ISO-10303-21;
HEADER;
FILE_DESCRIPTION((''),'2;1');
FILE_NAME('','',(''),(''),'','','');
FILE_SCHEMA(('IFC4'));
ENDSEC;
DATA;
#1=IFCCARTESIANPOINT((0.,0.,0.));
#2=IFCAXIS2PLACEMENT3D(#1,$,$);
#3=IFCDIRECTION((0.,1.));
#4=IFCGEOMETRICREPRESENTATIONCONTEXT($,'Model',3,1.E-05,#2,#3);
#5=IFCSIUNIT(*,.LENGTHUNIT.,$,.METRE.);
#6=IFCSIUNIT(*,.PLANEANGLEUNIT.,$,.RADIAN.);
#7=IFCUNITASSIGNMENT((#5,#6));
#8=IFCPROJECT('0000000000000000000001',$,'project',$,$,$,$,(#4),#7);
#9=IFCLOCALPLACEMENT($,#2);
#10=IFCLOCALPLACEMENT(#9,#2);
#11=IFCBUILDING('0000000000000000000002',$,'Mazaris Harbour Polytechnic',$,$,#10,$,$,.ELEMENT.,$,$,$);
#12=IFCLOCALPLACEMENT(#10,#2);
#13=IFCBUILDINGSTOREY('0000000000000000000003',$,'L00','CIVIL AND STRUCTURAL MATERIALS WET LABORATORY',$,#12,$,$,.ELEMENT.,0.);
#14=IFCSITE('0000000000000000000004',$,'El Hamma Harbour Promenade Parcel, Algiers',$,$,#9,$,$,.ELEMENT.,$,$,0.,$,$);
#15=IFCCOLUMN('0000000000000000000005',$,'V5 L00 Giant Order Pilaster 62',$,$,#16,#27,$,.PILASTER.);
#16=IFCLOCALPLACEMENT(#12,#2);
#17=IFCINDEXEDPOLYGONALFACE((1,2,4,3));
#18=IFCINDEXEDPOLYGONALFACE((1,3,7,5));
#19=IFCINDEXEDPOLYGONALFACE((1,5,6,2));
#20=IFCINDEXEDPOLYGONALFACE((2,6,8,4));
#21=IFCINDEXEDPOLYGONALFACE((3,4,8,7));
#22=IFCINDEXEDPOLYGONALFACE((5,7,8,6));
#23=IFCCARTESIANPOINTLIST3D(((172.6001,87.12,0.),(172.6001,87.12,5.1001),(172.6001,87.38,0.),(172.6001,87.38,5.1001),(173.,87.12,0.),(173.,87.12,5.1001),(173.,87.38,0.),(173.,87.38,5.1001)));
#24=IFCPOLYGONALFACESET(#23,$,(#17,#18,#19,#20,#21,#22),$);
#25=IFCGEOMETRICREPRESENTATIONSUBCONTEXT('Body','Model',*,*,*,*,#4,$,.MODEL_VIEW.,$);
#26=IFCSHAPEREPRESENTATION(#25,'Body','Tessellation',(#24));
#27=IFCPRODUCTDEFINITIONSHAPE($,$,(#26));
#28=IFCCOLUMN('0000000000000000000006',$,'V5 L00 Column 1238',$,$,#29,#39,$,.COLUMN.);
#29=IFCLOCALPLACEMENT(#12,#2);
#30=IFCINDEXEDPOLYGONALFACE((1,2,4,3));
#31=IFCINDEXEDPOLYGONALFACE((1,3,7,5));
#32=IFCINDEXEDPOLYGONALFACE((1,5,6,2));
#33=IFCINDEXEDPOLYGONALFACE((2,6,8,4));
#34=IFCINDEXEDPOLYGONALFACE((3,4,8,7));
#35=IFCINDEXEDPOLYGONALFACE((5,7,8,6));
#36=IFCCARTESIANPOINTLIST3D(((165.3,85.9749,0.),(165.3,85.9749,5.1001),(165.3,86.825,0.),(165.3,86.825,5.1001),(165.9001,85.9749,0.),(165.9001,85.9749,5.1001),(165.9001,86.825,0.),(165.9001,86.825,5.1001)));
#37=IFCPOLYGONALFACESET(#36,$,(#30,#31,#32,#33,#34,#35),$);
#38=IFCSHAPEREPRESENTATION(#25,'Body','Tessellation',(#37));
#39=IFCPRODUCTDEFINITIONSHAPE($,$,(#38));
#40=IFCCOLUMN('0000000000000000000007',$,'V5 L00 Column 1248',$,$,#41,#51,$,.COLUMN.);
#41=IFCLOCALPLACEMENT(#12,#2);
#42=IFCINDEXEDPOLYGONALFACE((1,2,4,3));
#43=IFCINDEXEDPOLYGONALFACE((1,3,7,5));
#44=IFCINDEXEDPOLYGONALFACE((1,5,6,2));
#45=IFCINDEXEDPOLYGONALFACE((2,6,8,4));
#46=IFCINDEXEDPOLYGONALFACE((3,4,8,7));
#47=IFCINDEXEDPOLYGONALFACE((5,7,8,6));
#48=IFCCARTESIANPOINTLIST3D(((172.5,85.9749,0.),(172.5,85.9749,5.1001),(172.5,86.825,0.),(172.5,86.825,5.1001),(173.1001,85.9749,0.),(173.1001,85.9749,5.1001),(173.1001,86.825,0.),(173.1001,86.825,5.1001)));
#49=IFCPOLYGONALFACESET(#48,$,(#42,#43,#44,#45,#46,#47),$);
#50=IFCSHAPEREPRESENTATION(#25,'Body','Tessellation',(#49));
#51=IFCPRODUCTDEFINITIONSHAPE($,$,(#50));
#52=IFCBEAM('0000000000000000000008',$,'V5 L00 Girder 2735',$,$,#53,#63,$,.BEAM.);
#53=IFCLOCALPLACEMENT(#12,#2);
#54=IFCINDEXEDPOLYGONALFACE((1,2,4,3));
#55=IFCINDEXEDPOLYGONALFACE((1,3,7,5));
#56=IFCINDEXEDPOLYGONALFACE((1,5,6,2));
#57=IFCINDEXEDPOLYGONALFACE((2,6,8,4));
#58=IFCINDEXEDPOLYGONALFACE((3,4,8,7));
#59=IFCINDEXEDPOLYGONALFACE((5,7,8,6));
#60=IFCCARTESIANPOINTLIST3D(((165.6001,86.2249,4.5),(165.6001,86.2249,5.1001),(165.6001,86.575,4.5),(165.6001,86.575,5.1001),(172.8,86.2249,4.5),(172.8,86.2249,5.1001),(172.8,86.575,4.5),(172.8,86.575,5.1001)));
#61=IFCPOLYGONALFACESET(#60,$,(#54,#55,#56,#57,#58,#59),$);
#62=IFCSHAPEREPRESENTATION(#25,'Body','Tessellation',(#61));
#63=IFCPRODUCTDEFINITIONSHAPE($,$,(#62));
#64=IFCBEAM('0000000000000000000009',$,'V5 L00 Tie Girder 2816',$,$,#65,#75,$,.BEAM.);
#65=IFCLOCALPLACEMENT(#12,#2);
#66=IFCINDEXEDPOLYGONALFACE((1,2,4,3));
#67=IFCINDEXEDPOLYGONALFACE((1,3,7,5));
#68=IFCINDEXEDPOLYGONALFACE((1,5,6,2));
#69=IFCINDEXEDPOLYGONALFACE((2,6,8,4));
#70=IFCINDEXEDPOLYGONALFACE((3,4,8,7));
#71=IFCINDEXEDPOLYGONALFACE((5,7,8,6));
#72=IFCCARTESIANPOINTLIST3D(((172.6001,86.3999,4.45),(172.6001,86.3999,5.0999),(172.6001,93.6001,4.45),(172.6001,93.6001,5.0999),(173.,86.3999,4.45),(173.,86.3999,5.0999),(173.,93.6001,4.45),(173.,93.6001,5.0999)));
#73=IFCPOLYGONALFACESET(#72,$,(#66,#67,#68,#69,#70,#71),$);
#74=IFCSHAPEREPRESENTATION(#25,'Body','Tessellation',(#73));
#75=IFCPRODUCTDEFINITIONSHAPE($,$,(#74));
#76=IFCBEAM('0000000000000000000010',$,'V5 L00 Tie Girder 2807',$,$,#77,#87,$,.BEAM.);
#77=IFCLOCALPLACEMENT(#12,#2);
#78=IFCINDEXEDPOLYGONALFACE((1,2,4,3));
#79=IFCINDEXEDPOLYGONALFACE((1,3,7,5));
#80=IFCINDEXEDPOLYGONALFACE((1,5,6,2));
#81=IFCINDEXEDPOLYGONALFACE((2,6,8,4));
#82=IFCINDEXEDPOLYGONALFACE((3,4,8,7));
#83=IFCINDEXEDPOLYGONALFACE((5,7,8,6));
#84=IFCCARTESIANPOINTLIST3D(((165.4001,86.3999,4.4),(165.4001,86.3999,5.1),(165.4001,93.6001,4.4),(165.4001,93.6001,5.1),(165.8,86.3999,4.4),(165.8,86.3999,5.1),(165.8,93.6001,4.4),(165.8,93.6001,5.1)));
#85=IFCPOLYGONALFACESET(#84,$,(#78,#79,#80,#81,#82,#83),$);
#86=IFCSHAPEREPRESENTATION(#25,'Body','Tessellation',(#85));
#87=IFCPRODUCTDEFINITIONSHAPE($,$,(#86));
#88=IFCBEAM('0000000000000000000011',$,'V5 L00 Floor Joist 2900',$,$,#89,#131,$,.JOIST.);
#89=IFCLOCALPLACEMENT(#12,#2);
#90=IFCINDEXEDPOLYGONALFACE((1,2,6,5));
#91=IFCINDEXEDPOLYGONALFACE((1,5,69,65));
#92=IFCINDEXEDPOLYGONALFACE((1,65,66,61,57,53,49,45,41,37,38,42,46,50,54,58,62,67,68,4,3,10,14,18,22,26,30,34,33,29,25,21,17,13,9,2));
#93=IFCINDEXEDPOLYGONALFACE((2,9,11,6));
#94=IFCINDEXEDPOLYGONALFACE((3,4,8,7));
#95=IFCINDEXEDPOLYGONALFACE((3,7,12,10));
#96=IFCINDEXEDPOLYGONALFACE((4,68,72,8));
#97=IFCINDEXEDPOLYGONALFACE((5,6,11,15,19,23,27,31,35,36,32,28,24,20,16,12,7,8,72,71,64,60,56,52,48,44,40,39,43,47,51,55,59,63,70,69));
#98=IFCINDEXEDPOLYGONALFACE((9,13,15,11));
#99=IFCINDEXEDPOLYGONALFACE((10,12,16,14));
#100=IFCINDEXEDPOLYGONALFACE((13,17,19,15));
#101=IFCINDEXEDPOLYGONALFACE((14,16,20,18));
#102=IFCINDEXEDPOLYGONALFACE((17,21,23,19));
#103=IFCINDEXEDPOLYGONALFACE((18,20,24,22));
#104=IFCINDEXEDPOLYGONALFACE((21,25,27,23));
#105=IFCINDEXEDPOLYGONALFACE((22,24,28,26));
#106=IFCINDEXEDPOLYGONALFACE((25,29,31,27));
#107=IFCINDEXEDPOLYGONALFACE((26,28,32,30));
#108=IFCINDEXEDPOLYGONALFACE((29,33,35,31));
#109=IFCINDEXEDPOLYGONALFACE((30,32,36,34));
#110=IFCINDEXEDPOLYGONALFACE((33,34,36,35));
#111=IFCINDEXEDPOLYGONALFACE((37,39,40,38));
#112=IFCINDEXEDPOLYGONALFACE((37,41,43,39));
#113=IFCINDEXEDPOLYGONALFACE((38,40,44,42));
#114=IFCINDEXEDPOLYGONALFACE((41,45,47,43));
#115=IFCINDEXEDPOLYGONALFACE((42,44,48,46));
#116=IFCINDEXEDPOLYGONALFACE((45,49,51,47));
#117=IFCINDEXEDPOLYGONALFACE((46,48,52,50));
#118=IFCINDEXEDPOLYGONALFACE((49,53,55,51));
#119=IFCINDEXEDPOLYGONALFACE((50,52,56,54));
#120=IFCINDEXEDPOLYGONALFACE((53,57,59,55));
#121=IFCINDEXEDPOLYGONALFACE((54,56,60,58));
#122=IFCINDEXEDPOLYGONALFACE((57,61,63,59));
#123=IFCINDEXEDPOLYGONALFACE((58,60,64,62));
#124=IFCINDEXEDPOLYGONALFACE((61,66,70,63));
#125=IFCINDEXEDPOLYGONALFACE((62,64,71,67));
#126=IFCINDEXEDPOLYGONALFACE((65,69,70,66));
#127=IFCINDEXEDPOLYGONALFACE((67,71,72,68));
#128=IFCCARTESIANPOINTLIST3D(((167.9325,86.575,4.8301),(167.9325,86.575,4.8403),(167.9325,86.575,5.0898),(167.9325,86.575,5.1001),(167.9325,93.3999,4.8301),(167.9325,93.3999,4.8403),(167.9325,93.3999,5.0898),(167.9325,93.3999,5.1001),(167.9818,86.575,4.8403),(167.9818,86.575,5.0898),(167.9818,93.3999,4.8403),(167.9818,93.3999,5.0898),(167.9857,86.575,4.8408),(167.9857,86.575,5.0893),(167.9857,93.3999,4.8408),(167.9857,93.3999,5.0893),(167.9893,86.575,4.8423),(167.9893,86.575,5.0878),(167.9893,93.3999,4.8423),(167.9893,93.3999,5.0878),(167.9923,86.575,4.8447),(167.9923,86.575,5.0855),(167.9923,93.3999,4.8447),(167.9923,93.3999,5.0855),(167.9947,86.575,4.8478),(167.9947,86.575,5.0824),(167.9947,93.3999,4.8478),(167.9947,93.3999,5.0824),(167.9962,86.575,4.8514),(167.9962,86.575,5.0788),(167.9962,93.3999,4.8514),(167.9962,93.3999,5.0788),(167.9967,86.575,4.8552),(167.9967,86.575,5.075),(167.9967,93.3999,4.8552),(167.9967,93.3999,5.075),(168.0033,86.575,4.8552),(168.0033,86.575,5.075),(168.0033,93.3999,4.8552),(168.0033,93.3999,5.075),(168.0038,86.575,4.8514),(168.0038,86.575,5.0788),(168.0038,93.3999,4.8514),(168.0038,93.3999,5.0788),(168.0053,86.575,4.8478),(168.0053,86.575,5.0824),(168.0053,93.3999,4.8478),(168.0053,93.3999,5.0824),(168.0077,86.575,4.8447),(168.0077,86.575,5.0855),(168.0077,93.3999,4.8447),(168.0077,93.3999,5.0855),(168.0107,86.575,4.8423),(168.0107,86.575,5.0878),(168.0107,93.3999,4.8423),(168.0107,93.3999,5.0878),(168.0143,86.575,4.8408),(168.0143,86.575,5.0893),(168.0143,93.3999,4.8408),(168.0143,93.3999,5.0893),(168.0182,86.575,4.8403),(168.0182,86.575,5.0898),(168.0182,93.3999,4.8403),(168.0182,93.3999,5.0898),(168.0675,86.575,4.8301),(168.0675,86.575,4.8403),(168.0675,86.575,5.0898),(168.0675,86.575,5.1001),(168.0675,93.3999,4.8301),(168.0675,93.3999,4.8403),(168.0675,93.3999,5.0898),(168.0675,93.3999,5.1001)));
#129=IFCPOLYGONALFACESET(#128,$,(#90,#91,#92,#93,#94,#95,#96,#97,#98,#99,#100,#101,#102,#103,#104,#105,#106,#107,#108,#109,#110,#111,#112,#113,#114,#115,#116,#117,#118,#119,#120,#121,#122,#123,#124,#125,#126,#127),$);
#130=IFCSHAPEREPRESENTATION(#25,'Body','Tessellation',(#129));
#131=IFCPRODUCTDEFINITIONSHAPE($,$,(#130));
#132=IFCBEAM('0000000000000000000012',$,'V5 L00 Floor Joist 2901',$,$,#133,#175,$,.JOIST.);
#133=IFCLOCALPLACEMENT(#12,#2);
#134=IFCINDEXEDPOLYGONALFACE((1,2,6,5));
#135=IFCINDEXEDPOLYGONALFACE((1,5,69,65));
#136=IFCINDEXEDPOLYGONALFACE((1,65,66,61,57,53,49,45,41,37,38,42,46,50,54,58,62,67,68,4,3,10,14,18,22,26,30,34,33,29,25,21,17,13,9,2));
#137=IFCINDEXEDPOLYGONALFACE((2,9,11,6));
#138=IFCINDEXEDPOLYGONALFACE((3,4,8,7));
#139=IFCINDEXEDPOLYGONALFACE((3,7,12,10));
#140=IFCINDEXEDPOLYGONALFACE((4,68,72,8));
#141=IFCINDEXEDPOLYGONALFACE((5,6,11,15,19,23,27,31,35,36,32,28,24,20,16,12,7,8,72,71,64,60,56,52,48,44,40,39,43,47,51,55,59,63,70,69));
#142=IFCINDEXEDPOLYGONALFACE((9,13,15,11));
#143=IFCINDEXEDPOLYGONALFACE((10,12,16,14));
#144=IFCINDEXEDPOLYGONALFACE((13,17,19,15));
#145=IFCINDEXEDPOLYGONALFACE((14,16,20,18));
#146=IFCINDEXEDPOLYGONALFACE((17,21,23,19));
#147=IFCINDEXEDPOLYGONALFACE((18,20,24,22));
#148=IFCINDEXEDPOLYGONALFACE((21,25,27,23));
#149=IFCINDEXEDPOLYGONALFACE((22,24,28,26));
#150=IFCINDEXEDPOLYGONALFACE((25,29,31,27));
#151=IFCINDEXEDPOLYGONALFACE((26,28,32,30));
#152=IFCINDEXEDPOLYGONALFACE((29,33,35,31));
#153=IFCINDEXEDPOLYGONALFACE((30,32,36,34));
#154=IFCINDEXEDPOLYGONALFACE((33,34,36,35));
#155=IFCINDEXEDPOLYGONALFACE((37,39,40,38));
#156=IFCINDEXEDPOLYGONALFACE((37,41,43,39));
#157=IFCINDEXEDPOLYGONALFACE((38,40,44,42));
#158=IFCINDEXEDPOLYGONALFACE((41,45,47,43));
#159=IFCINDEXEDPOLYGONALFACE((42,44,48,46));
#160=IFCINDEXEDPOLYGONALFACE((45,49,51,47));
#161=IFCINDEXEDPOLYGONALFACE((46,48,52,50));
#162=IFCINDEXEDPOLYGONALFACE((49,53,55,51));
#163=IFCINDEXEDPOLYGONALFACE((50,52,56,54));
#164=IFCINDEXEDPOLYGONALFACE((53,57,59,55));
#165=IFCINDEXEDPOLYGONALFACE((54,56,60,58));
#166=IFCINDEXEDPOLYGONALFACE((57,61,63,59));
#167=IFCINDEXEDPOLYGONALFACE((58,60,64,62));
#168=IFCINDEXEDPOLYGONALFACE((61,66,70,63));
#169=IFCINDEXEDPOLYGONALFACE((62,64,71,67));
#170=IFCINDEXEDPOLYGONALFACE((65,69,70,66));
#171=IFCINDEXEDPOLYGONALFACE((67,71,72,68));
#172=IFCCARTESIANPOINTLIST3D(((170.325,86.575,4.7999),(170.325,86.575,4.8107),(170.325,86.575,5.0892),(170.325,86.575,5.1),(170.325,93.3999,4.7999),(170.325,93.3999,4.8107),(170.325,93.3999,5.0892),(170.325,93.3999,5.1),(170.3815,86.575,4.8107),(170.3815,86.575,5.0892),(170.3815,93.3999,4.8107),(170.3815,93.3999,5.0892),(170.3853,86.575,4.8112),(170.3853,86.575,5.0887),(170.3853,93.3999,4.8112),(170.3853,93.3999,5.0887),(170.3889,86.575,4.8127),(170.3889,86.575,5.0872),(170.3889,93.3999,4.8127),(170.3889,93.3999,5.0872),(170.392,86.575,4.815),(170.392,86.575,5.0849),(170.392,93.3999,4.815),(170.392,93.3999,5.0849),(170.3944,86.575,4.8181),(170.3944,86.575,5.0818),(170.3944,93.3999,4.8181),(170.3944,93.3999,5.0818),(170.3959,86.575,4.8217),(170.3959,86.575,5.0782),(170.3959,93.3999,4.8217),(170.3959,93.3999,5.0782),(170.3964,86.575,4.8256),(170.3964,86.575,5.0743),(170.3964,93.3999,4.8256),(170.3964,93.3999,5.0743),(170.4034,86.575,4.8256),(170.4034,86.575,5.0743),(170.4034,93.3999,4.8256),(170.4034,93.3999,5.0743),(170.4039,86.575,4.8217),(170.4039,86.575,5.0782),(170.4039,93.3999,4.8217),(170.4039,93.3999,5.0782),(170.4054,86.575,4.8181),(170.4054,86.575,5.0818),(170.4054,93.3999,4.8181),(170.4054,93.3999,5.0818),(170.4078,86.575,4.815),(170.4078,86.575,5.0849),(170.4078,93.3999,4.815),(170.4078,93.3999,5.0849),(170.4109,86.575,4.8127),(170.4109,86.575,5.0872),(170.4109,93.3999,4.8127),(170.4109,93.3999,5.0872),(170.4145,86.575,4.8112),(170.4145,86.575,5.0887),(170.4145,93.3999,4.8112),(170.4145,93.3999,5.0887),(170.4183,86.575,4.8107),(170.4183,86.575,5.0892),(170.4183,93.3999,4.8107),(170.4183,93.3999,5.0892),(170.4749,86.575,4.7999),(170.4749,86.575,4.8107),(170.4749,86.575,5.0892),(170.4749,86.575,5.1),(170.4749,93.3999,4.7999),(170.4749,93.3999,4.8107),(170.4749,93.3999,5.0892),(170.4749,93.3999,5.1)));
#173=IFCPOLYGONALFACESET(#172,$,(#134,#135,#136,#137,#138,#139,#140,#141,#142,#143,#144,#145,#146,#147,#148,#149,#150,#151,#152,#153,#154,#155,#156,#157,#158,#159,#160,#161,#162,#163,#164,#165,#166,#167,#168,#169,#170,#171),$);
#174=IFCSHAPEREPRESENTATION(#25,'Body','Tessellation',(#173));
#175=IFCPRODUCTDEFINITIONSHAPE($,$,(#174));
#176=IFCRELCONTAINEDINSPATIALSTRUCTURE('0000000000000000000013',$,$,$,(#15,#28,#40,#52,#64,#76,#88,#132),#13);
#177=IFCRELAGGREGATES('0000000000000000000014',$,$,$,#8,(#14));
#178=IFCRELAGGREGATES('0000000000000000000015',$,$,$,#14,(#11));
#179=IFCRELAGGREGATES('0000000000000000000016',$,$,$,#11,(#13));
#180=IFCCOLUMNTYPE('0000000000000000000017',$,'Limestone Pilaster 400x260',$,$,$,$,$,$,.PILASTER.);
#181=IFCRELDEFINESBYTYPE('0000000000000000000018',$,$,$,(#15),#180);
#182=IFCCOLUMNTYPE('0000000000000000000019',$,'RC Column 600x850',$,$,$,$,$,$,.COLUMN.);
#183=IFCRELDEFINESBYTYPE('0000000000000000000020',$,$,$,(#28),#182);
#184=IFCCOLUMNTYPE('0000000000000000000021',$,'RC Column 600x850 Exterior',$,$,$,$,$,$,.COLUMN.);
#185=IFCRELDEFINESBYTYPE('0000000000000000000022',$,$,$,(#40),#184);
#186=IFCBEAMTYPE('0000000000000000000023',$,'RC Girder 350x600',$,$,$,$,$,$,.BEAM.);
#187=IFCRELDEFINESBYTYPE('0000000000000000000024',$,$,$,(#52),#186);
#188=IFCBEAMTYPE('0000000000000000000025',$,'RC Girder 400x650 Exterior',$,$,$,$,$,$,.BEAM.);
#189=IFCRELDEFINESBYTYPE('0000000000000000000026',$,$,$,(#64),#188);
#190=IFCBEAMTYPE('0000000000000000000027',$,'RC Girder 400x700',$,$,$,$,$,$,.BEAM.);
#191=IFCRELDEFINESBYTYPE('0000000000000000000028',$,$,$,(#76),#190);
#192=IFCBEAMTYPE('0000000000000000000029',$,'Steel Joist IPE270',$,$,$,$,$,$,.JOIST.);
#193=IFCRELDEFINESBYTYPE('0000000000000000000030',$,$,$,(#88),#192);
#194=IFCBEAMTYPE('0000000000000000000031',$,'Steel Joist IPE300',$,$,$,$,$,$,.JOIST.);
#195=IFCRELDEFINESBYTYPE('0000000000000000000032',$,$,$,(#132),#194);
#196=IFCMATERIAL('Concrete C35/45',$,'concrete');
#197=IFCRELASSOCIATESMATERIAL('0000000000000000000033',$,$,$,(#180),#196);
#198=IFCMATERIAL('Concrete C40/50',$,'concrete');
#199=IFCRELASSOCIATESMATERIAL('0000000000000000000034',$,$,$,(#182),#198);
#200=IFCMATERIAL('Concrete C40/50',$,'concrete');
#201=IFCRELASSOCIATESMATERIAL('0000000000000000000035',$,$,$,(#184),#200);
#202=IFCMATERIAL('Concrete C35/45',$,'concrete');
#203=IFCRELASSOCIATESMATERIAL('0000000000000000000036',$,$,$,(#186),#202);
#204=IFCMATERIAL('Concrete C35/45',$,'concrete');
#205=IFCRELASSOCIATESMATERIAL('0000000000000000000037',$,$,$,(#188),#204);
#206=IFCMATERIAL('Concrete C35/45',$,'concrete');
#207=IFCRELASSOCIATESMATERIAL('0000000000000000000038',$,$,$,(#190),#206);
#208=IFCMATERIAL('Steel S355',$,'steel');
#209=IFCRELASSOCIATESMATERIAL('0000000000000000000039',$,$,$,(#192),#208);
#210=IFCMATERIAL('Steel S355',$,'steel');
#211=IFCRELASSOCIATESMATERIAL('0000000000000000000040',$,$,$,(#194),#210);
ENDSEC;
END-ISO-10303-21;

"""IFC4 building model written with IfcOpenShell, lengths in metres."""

from ifc_helpers import new_model, si_unit, direction, frame, origin, origin_2d, place, context, subcontext, project, spatial, rectangle, i_section, extrude, material, material_profile, profile_set, type_object, element, save


model = new_model("IFC4")

# Units and contexts
model_context = context("Model", 3, precision=1e-05, world=origin(), true_north=direction((0.0, 1.0)))
body_context = subcontext(model_context, "Body", "Model", "MODEL_VIEW")
ifc_project = project(units=[si_unit("LENGTHUNIT", "METRE"), si_unit("PLANEANGLEUNIT", "RADIAN")], contexts=[model_context])

# Site, building, storey
site_placement = place(None, origin())
site = spatial("IfcSite", under=ifc_project, at=site_placement, Name="El Hamma Harbour Promenade Parcel, Algiers", CompositionType="ELEMENT", RefElevation=0.0)
building_placement = place(site_placement, origin())
building = spatial("IfcBuilding", under=site, at=building_placement, Name="Mazaris Harbour Polytechnic", CompositionType="ELEMENT")
storey_placement = place(building_placement, origin())
storey = spatial("IfcBuildingStorey", under=building, at=storey_placement, Name="L00", Description="CIVIL AND STRUCTURAL MATERIALS WET LABORATORY", CompositionType="ELEMENT", Elevation=0.0)

# Columns
ifc_material_1 = material(Name="Concrete C35/45", Category="concrete")
ifc_material_profile_1 = material_profile(ifc_material_1, rectangle(XDim=0.3999, YDim=0.26, at=origin_2d()), Name="RECT400x260")
ifc_profile_set_1 = profile_set([ifc_material_profile_1], Name="Concrete C35/45")
column_type_1 = type_object("IfcColumnType", Name="Limestone Pilaster 400x260", PredefinedType="PILASTER", material=ifc_profile_set_1)
column_1_placement = place(storey_placement, frame((172.8, 87.25, 0.0), z_axis=(0.0, 0.0, 1.0), x_axis=(1.0, 0.0, 0.0)))
element("IfcColumn", 1, at=column_1_placement, inside=storey, type_object=column_type_1, Name="V5 L00 Giant Order Pilaster 62", PredefinedType="PILASTER", context=body_context, shape_type="SweptSolid", body=[
    extrude(rectangle(XDim=0.3999, YDim=0.26, at=origin_2d()), origin(), (0.0, 0.0, 1.0), 5.1001),
])
ifc_material_2 = material(Name="Concrete C40/50", Category="concrete")
ifc_material_profile_2 = material_profile(ifc_material_2, rectangle(XDim=0.6001, YDim=0.8501, at=origin_2d()), Name="RECT600x850")
ifc_profile_set_2 = profile_set([ifc_material_profile_2], Name="Concrete C40/50")
column_type_2 = type_object("IfcColumnType", Name="RC Column 600x850", PredefinedType="COLUMN", material=ifc_profile_set_2)
column_2_placement = place(storey_placement, frame((165.6001, 86.3999, 0.0), z_axis=(0.0, 0.0, 1.0), x_axis=(1.0, 0.0, 0.0)))
element("IfcColumn", 2, at=column_2_placement, inside=storey, type_object=column_type_2, Name="V5 L00 Column 1238", PredefinedType="COLUMN", context=body_context, shape_type="SweptSolid", body=[
    extrude(rectangle(XDim=0.6001, YDim=0.8501, at=origin_2d()), origin(), (0.0, 0.0, 1.0), 5.1001),
])
ifc_material_3 = material(Name="Concrete C40/50", Category="concrete")
ifc_material_profile_3 = material_profile(ifc_material_3, rectangle(XDim=0.6001, YDim=0.8501, at=origin_2d()), Name="RECT600x850")
ifc_profile_set_3 = profile_set([ifc_material_profile_3], Name="Concrete C40/50")
column_type_3 = type_object("IfcColumnType", Name="RC Column 600x850 Exterior", PredefinedType="COLUMN", material=ifc_profile_set_3)
column_3_placement = place(storey_placement, frame((172.8, 86.3999, 0.0), z_axis=(0.0, 0.0, 1.0), x_axis=(1.0, 0.0, 0.0)))
element("IfcColumn", 3, at=column_3_placement, inside=storey, type_object=column_type_3, Name="V5 L00 Column 1248", PredefinedType="COLUMN", context=body_context, shape_type="SweptSolid", body=[
    extrude(rectangle(XDim=0.6001, YDim=0.8501, at=origin_2d()), origin(), (0.0, 0.0, 1.0), 5.1001),
])

# Beams
ifc_material_4 = material(Name="Concrete C35/45", Category="concrete")
ifc_material_profile_4 = material_profile(ifc_material_4, rectangle(XDim=0.3501, YDim=0.6001, at=origin_2d()), Name="RECT350x600")
ifc_profile_set_4 = profile_set([ifc_material_profile_4], Name="Concrete C35/45")
beam_type_1 = type_object("IfcBeamType", Name="RC Girder 350x600", PredefinedType="BEAM", material=ifc_profile_set_4)
beam_1_placement = place(storey_placement, frame((165.6001, 86.3999, 4.8), z_axis=(1.0, 0.0, 0.0), x_axis=(0.0, 1.0, 0.0)))
element("IfcBeam", 4, at=beam_1_placement, inside=storey, type_object=beam_type_1, Name="V5 L00 Girder 2735", PredefinedType="BEAM", context=body_context, shape_type="SweptSolid", body=[
    extrude(rectangle(XDim=0.3501, YDim=0.6001, at=origin_2d()), origin(), (0.0, 0.0, 1.0), 7.2),
])
ifc_material_5 = material(Name="Concrete C35/45", Category="concrete")
ifc_material_profile_5 = material_profile(ifc_material_5, rectangle(XDim=0.3999, YDim=0.6499, at=origin_2d()), Name="RECT400x650")
ifc_profile_set_5 = profile_set([ifc_material_profile_5], Name="Concrete C35/45")
beam_type_2 = type_object("IfcBeamType", Name="RC Girder 400x650 Exterior", PredefinedType="BEAM", material=ifc_profile_set_5)
beam_2_placement = place(storey_placement, frame((172.8, 86.3999, 4.7749), z_axis=(0.0, 1.0, 0.0), x_axis=(-1.0, 0.0, 0.0)))
element("IfcBeam", 5, at=beam_2_placement, inside=storey, type_object=beam_type_2, Name="V5 L00 Tie Girder 2816", PredefinedType="BEAM", context=body_context, shape_type="SweptSolid", body=[
    extrude(rectangle(XDim=0.3999, YDim=0.6499, at=origin_2d()), origin(), (0.0, 0.0, 1.0), 7.2002),
])
ifc_material_6 = material(Name="Concrete C35/45", Category="concrete")
ifc_material_profile_6 = material_profile(ifc_material_6, rectangle(XDim=0.3999, YDim=0.7, at=origin_2d()), Name="RECT400x700")
ifc_profile_set_6 = profile_set([ifc_material_profile_6], Name="Concrete C35/45")
beam_type_3 = type_object("IfcBeamType", Name="RC Girder 400x700", PredefinedType="BEAM", material=ifc_profile_set_6)
beam_3_placement = place(storey_placement, frame((165.6001, 86.3999, 4.75), z_axis=(0.0, 1.0, 0.0), x_axis=(-1.0, 0.0, 0.0)))
element("IfcBeam", 6, at=beam_3_placement, inside=storey, type_object=beam_type_3, Name="V5 L00 Tie Girder 2807", PredefinedType="BEAM", context=body_context, shape_type="SweptSolid", body=[
    extrude(rectangle(XDim=0.3999, YDim=0.7, at=origin_2d()), origin(), (0.0, 0.0, 1.0), 7.2002),
])
ifc_material_7 = material(Name="Steel S355", Category="steel")
ifc_material_profile_7 = material_profile(ifc_material_7, i_section(OverallWidth=0.135, OverallDepth=0.27, WebThickness=0.0066, FlangeThickness=0.0103, FilletRadius=0.0149, at=origin_2d()), Name="IPE 270")
ifc_profile_set_7 = profile_set([ifc_material_profile_7], Name="Steel S355")
beam_type_4 = type_object("IfcBeamType", Name="Steel Joist IPE270", PredefinedType="JOIST", material=ifc_profile_set_7)
beam_4_placement = place(storey_placement, frame((168.0, 86.575, 4.9651), z_axis=(0.0, 1.0, 0.0), x_axis=(-1.0, 0.0, 0.0)))
element("IfcBeam", 7, at=beam_4_placement, inside=storey, type_object=beam_type_4, Name="V5 L00 Floor Joist 2900", PredefinedType="JOIST", context=body_context, shape_type="SweptSolid", body=[
    extrude(i_section(OverallWidth=0.135, OverallDepth=0.27, WebThickness=0.0066, FlangeThickness=0.0103, FilletRadius=0.0149, at=origin_2d()), origin(), (0.0, 0.0, 1.0), 6.825),
])
ifc_material_8 = material(Name="Steel S355", Category="steel")
ifc_material_profile_8 = material_profile(ifc_material_8, i_section(OverallWidth=0.1499, OverallDepth=0.3, WebThickness=0.0071, FlangeThickness=0.0107, FilletRadius=0.0149, at=origin_2d()), Name="IPE 300")
ifc_profile_set_8 = profile_set([ifc_material_profile_8], Name="Steel S355")
beam_type_5 = type_object("IfcBeamType", Name="Steel Joist IPE300", PredefinedType="JOIST", material=ifc_profile_set_8)
beam_5_placement = place(storey_placement, frame((170.3999, 86.575, 4.95), z_axis=(0.0, 1.0, 0.0), x_axis=(-1.0, 0.0, 0.0)))
element("IfcBeam", 8, at=beam_5_placement, inside=storey, type_object=beam_type_5, Name="V5 L00 Floor Joist 2901", PredefinedType="JOIST", context=body_context, shape_type="SweptSolid", body=[
    extrude(i_section(OverallWidth=0.1499, OverallDepth=0.3, WebThickness=0.0071, FlangeThickness=0.0107, FilletRadius=0.0149, at=origin_2d()), origin(), (0.0, 0.0, 1.0), 6.825),
])

save(model, "model.ifc")
